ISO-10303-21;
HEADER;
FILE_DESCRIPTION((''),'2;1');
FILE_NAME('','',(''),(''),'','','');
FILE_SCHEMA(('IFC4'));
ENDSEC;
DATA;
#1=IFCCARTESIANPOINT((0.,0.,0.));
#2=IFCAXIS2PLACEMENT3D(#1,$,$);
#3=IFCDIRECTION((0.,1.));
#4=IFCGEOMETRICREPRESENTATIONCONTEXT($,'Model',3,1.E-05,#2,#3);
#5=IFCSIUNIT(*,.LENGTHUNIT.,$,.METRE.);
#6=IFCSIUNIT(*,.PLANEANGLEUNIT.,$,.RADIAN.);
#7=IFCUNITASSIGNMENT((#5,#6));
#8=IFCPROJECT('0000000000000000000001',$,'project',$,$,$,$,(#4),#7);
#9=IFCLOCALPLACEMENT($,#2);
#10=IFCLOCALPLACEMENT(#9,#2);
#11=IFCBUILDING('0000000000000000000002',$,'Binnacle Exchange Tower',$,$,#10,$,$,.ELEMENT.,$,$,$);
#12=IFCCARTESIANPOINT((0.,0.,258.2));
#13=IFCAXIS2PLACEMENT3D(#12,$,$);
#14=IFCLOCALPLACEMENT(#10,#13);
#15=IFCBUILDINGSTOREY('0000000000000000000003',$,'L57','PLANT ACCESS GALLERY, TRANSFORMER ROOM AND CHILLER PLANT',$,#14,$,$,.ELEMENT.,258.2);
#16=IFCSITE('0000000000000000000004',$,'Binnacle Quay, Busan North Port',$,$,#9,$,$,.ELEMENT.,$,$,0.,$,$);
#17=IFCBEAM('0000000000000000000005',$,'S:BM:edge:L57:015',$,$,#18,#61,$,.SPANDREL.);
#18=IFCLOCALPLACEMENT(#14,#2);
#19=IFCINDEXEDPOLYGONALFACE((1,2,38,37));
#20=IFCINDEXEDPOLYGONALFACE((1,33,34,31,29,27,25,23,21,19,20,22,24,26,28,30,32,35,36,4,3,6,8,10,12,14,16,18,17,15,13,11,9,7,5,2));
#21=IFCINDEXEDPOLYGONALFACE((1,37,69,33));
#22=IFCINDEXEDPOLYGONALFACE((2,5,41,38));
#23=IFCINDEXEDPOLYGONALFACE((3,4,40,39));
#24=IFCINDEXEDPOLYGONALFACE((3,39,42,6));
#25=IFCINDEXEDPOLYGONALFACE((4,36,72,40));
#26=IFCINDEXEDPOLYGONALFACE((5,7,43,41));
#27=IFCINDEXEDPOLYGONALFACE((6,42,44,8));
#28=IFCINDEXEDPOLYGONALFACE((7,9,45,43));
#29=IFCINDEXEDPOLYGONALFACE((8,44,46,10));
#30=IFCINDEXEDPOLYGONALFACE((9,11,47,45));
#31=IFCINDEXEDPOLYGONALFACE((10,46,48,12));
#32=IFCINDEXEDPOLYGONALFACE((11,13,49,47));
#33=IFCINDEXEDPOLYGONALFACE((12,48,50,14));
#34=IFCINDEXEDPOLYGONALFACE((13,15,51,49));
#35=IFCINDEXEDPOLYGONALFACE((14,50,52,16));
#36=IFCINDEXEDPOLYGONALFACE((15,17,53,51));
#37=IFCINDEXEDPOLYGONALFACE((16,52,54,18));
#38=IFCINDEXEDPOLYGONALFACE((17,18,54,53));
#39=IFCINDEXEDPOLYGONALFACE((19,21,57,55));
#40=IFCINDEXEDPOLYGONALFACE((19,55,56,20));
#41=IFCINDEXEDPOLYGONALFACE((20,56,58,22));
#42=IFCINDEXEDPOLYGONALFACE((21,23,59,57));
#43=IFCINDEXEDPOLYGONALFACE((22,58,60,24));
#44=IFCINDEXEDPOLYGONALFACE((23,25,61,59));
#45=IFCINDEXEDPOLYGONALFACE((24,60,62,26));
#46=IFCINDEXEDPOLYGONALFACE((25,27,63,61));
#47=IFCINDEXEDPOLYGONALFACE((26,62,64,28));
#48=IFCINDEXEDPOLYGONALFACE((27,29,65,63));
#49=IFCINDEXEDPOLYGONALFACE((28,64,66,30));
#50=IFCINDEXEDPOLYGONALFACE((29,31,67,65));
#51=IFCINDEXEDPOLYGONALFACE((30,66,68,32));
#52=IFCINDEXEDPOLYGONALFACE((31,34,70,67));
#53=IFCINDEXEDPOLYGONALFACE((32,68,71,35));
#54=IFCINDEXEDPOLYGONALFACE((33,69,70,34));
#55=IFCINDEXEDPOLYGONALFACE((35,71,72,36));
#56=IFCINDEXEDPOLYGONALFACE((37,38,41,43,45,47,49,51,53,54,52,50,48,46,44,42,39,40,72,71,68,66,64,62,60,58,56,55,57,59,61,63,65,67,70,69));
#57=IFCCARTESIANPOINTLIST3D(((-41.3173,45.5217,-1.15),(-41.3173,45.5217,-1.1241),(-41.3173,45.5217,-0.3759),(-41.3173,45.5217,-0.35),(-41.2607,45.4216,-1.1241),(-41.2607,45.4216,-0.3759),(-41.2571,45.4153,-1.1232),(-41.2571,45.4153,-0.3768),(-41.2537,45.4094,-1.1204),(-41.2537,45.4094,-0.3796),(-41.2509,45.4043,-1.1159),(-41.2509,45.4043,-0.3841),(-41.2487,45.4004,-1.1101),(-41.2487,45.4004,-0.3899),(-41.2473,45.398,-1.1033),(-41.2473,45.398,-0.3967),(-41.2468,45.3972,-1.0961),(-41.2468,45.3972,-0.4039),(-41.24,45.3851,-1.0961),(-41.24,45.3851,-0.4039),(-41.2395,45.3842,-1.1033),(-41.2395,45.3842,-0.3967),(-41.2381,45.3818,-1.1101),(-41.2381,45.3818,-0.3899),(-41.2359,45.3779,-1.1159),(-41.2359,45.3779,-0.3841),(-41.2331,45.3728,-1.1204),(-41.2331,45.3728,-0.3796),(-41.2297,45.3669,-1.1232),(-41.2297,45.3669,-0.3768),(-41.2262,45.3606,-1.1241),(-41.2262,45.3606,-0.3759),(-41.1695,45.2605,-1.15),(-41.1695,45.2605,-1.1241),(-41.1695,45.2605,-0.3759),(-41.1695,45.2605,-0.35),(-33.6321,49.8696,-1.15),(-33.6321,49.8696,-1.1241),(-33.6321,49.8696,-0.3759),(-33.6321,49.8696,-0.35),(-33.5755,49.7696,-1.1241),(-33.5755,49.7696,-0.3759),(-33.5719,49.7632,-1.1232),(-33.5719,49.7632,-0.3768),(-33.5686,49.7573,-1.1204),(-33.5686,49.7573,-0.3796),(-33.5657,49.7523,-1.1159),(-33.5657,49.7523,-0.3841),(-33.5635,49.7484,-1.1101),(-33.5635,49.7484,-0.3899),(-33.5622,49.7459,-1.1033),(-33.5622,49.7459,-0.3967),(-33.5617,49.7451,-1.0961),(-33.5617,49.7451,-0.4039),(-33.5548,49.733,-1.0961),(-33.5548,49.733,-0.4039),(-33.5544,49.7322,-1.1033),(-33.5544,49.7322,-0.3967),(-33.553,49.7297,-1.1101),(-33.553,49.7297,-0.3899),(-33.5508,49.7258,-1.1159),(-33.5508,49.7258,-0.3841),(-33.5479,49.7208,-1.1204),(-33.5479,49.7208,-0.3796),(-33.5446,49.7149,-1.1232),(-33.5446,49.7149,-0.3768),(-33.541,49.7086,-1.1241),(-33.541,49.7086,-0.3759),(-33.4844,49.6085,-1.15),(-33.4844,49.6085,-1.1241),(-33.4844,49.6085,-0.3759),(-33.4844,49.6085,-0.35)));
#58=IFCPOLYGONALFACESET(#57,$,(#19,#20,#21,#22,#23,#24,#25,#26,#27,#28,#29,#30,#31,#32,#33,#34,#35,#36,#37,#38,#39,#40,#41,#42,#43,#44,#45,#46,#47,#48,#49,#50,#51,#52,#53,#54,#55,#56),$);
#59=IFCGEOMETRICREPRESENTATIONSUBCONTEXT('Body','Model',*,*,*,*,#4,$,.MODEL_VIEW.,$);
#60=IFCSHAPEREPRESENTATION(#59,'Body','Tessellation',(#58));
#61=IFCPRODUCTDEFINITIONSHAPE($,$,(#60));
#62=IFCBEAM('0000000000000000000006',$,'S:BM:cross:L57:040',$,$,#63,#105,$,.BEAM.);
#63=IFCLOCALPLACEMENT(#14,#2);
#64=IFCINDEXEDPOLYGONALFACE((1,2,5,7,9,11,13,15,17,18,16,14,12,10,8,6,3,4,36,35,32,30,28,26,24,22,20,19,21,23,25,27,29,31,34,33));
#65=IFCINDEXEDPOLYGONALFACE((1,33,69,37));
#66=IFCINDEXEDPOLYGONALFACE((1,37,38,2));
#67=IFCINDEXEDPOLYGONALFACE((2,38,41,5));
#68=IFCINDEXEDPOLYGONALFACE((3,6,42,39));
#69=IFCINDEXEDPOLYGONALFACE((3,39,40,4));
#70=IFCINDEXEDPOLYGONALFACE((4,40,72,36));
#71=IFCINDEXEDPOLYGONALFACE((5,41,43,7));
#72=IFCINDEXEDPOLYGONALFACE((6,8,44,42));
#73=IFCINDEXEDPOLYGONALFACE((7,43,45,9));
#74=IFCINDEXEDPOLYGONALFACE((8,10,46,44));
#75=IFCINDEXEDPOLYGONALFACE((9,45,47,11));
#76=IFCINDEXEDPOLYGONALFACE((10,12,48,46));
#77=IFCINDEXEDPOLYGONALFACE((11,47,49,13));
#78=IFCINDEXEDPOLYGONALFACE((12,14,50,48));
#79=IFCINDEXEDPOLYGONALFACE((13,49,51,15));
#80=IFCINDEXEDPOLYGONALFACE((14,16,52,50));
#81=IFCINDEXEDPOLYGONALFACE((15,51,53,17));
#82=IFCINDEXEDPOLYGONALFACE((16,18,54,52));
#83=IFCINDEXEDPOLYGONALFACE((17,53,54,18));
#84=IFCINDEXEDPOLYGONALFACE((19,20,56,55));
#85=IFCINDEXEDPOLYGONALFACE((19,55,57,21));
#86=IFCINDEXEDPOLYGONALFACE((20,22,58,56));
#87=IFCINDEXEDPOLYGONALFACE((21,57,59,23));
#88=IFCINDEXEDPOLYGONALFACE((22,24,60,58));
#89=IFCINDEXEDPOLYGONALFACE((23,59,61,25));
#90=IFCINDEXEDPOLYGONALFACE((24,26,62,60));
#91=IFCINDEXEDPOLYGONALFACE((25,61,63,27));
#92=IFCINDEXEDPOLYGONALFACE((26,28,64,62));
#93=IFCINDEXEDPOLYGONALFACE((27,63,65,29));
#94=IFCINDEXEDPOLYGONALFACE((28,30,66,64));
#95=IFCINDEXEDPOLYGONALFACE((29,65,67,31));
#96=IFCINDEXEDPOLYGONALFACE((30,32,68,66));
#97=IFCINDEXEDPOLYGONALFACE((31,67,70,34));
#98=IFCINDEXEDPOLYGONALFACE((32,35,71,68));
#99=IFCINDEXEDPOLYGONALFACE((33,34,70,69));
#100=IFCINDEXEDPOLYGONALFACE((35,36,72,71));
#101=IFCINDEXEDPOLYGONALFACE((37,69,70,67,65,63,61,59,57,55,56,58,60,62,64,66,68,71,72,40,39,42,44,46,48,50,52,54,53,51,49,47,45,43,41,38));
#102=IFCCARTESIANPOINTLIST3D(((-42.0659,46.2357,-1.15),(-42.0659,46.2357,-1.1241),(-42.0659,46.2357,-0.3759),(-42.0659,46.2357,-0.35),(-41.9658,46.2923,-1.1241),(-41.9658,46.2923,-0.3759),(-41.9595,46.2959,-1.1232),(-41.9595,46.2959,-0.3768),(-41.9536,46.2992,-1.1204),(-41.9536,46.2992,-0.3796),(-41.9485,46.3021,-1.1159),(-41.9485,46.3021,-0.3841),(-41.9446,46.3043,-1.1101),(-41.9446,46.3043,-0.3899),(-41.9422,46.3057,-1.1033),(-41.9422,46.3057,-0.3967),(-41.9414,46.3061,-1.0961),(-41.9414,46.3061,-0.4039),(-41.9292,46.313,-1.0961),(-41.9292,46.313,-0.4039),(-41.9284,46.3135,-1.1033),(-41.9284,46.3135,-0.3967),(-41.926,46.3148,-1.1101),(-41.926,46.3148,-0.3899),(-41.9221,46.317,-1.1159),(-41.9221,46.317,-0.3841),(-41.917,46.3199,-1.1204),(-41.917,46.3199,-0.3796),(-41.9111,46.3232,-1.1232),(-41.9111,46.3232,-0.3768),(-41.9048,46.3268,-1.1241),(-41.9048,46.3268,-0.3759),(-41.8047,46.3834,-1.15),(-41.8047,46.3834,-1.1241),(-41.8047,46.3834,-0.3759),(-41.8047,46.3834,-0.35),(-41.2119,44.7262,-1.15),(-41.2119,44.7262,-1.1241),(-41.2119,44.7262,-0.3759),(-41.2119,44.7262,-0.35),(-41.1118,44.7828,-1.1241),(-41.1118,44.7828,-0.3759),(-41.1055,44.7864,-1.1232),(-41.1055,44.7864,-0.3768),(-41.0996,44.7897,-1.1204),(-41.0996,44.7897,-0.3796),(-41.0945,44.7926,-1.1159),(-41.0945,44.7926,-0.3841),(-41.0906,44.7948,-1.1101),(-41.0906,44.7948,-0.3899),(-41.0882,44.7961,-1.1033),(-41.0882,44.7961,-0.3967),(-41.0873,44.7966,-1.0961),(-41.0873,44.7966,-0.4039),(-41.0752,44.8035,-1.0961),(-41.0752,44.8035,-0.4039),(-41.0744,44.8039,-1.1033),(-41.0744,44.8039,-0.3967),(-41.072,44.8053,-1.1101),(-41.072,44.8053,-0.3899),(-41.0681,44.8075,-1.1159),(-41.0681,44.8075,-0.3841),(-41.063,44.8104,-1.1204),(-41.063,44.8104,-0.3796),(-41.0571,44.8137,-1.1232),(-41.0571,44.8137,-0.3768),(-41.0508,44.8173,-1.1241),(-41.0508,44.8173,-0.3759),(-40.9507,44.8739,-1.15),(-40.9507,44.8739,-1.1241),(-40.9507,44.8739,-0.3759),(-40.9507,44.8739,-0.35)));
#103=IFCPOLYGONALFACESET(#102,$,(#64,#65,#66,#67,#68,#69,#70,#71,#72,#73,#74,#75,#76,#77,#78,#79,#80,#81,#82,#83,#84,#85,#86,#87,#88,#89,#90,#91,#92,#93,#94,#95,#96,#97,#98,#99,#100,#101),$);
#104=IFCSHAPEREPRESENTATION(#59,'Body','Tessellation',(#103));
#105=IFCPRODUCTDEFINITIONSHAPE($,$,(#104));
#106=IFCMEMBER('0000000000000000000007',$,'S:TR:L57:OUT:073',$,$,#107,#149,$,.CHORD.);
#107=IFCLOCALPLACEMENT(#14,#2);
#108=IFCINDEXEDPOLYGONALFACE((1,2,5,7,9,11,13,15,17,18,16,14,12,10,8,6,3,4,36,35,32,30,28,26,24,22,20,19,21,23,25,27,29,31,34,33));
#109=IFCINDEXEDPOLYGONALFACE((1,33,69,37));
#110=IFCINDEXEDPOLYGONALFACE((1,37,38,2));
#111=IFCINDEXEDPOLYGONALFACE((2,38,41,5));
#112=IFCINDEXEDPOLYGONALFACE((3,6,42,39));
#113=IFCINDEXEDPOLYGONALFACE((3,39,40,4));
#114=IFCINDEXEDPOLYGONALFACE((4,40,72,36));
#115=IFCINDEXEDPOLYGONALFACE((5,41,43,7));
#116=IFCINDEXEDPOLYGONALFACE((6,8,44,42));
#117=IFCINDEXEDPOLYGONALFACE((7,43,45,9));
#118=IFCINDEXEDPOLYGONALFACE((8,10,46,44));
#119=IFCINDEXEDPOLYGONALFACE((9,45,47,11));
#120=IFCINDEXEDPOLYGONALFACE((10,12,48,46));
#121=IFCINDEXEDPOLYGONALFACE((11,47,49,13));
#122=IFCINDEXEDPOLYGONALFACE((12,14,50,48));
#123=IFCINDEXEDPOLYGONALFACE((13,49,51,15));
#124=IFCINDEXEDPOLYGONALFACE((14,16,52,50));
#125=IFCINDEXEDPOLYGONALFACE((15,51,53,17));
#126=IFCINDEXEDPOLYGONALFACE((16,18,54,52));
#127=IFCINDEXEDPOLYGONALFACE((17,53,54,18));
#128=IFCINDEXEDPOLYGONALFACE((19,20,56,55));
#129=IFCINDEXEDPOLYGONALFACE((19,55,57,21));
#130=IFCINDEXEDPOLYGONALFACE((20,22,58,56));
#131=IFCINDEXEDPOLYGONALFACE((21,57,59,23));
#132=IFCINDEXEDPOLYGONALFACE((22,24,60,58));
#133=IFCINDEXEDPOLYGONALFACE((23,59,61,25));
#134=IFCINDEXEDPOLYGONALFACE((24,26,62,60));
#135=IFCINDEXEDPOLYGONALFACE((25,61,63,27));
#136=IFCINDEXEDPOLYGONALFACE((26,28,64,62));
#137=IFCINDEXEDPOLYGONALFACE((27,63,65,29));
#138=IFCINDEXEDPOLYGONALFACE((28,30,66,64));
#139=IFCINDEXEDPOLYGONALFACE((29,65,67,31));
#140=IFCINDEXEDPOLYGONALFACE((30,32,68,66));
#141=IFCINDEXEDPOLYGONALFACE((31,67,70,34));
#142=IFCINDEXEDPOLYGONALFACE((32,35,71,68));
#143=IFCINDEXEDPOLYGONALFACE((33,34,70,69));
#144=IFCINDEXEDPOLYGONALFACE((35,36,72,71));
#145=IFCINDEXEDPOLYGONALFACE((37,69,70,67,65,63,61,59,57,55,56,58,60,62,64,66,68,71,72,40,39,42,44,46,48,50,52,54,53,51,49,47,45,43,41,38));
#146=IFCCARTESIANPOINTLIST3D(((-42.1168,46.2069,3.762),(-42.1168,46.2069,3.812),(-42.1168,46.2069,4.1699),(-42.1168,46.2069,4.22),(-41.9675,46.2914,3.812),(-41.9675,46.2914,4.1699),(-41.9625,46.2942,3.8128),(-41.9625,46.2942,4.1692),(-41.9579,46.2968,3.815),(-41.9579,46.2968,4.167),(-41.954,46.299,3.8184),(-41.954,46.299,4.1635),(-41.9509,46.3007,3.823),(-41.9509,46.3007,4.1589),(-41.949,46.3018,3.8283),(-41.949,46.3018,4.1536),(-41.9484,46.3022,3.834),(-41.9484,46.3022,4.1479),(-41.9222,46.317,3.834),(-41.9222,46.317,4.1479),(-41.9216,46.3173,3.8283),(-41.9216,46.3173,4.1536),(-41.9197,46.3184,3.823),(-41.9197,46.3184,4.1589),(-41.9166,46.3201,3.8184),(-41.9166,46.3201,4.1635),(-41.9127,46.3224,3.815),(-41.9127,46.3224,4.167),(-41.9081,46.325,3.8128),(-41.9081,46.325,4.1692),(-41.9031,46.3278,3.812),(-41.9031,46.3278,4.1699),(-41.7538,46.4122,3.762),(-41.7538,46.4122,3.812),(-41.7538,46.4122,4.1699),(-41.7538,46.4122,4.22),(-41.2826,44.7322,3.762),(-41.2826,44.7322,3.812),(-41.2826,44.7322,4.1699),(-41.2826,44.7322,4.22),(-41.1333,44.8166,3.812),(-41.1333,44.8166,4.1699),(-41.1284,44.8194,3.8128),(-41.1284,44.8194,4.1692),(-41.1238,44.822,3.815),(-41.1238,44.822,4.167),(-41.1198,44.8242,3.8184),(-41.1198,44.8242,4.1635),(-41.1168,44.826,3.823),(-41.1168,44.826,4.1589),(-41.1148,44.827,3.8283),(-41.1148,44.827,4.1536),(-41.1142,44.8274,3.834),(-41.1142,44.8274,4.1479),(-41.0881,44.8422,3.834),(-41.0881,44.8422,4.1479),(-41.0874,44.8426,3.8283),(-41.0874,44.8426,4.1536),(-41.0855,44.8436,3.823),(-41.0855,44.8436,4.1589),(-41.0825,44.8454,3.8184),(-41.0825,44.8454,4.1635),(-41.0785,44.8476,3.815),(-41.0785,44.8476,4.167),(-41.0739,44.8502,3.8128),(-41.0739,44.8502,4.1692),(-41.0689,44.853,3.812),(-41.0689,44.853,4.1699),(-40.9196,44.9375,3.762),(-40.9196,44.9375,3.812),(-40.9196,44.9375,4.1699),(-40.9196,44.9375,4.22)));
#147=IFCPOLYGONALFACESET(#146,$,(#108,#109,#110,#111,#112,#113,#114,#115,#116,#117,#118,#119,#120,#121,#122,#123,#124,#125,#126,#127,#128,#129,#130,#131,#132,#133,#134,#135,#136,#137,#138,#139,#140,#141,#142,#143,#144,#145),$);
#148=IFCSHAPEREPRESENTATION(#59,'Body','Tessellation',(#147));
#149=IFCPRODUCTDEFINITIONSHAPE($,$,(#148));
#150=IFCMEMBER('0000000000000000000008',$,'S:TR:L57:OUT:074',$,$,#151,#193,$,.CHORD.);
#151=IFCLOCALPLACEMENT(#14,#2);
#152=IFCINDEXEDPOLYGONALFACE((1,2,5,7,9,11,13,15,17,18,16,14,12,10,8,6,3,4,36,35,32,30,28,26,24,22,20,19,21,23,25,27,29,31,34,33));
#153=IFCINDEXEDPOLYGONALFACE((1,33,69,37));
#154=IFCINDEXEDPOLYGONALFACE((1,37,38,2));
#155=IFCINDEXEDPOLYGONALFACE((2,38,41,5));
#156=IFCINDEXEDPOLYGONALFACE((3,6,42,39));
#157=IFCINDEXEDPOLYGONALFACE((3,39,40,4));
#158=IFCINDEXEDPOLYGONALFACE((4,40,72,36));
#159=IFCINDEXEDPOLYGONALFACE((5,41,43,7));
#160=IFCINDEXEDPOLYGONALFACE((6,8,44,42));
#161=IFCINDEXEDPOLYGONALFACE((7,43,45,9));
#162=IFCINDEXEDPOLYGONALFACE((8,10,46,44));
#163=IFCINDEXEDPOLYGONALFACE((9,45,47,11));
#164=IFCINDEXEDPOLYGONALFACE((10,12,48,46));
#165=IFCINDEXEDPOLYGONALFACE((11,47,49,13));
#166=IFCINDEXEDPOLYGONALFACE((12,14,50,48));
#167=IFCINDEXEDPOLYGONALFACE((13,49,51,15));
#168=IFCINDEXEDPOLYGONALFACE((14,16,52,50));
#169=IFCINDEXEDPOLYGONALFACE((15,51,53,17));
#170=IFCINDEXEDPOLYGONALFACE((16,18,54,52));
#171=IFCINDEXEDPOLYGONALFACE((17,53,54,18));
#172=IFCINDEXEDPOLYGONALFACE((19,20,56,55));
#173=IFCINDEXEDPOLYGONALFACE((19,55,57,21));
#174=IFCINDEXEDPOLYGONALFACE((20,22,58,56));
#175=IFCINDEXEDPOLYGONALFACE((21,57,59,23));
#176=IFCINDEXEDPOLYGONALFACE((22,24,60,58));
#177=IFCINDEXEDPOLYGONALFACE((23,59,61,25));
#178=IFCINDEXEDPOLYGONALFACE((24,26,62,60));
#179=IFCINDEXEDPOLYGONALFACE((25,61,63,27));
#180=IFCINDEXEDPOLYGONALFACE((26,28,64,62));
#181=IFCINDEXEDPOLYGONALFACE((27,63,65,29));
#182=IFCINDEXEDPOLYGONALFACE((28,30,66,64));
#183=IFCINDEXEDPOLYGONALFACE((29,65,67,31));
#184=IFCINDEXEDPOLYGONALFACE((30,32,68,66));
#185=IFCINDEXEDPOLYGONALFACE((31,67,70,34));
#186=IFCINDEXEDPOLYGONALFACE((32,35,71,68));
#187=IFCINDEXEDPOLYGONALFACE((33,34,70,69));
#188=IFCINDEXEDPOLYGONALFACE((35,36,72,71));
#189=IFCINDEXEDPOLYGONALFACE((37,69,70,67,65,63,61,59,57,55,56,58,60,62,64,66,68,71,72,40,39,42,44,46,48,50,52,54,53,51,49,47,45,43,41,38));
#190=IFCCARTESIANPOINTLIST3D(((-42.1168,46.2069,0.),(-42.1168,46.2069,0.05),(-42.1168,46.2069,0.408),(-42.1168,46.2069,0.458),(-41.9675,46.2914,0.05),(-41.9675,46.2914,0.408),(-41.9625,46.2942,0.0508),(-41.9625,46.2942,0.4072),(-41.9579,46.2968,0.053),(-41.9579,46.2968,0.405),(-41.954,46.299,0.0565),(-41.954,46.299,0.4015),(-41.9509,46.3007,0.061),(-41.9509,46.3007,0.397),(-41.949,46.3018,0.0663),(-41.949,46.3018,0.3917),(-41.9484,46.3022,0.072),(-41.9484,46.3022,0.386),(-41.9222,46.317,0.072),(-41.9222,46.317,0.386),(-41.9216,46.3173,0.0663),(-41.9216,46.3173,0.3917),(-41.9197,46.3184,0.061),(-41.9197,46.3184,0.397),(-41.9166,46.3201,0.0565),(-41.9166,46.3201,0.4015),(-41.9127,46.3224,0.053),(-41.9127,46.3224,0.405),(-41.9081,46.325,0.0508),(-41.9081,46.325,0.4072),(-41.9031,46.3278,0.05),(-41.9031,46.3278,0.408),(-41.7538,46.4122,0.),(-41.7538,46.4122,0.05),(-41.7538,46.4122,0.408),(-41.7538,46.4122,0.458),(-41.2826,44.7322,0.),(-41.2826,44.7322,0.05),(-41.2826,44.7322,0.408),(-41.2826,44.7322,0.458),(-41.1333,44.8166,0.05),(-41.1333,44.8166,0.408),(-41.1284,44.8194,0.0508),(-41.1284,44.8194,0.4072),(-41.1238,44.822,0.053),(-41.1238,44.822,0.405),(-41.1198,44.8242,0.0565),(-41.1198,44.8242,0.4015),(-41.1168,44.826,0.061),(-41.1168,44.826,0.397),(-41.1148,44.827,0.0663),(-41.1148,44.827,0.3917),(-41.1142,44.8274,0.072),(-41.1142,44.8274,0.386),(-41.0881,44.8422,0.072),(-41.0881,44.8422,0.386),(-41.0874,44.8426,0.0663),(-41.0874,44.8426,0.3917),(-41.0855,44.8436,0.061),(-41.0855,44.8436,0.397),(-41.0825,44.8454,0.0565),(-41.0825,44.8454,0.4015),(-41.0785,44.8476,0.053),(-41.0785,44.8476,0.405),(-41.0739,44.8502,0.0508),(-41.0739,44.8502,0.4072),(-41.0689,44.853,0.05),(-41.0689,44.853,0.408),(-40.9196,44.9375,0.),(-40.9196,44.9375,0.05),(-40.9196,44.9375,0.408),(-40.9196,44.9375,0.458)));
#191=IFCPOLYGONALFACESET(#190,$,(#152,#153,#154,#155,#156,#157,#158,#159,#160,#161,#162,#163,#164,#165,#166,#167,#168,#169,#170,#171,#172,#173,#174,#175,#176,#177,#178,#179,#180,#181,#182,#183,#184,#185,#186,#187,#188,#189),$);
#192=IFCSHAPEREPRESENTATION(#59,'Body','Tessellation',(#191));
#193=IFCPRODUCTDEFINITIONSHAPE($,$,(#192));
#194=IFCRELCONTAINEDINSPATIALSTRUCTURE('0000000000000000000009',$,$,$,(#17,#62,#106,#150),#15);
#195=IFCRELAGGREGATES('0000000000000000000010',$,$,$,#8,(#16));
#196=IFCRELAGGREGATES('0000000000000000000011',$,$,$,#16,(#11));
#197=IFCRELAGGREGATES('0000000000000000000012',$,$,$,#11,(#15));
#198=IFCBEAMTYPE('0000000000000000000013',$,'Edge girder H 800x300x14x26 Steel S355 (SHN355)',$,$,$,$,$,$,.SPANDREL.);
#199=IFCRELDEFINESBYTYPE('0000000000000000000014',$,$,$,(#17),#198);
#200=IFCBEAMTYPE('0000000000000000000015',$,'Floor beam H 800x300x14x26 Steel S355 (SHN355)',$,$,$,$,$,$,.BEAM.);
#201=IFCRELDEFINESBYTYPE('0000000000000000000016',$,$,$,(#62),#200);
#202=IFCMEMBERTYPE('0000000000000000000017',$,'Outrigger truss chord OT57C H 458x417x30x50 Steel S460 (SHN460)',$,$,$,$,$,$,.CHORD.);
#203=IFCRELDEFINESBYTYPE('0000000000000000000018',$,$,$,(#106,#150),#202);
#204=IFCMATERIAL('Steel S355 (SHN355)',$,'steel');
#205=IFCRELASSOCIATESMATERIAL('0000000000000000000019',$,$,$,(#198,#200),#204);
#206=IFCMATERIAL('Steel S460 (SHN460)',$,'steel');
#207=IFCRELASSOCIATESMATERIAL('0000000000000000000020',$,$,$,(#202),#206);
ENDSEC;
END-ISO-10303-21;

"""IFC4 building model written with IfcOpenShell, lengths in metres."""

from ifc_helpers import new_model, si_unit, direction, frame, origin, origin_2d, place, context, subcontext, project, spatial, i_section, extrude, material, material_profile, profile_set, type_object, element, save


model = new_model("IFC4")

# Units and contexts
model_context = context("Model", 3, precision=1e-05, world=origin(), true_north=direction((0.0, 1.0)))
body_context = subcontext(model_context, "Body", "Model", "MODEL_VIEW")
ifc_project = project(units=[si_unit("LENGTHUNIT", "METRE"), si_unit("PLANEANGLEUNIT", "RADIAN")], contexts=[model_context])

# Site, building, storey
site_placement = place(None, origin())
site = spatial("IfcSite", under=ifc_project, at=site_placement, Name="Binnacle Quay, Busan North Port", CompositionType="ELEMENT", RefElevation=0.0)
building_placement = place(site_placement, origin())
building = spatial("IfcBuilding", under=site, at=building_placement, Name="Binnacle Exchange Tower", CompositionType="ELEMENT")
storey_placement = place(building_placement, frame((0.0, 0.0, 258.2)))
storey = spatial("IfcBuildingStorey", under=building, at=storey_placement, Name="L57", Description="PLANT ACCESS GALLERY, TRANSFORMER ROOM AND CHILLER PLANT", CompositionType="ELEMENT", Elevation=258.2)

# Shared definitions
ifc_material_1 = material(Name="Steel S355 (SHN355)", Category="steel")

# Beams
ifc_material_profile_1 = material_profile(ifc_material_1, i_section(OverallWidth=0.3, OverallDepth=0.8, WebThickness=0.0139, FlangeThickness=0.0259, FilletRadius=0.0281, at=origin_2d()), Name="H 800x300x14x26")
ifc_profile_set_1 = profile_set([ifc_material_profile_1], Name="Steel S355 (SHN355)")
beam_type_1 = type_object("IfcBeamType", Name="Edge girder H 800x300x14x26 Steel S355 (SHN355)", PredefinedType="SPANDREL", material=ifc_profile_set_1)
beam_1_placement = place(storey_placement, frame((-41.2434, 45.3911, -0.75), z_axis=(0.87036, 0.492415, 0.0), x_axis=(-0.492415, 0.87036, 0.0)))
element("IfcBeam", 1, at=beam_1_placement, inside=storey, type_object=beam_type_1, Name="S:BM:edge:L57:015", PredefinedType="SPANDREL", context=body_context, shape_type="SweptSolid", body=[
    extrude(i_section(OverallWidth=0.3, OverallDepth=0.8, WebThickness=0.0139, FlangeThickness=0.0259, FilletRadius=0.0281, at=origin_2d()), origin(), (0.0, 0.0, 1.0), 8.8298),
])
ifc_material_profile_2 = material_profile(ifc_material_1, i_section(OverallWidth=0.3, OverallDepth=0.8, WebThickness=0.0139, FlangeThickness=0.0259, FilletRadius=0.0281, at=origin_2d()), Name="H 800x300x14x26")
ifc_profile_set_2 = profile_set([ifc_material_profile_2], Name="Steel S355 (SHN355)")
beam_type_2 = type_object("IfcBeamType", Name="Floor beam H 800x300x14x26 Steel S355 (SHN355)", PredefinedType="BEAM", material=ifc_profile_set_2)
beam_2_placement = place(storey_placement, frame((-41.9353, 46.3096, -0.75), z_axis=(0.492405, -0.870366, 0.0), x_axis=(0.870366, 0.492405, 0.0)))
element("IfcBeam", 2, at=beam_2_placement, inside=storey, type_object=beam_type_2, Name="S:BM:cross:L57:040", PredefinedType="BEAM", context=body_context, shape_type="SweptSolid", body=[
    extrude(i_section(OverallWidth=0.3, OverallDepth=0.8, WebThickness=0.0139, FlangeThickness=0.0259, FilletRadius=0.0281, at=origin_2d()), origin(), (0.0, 0.0, 1.0), 1.7344),
])

# Members
ifc_material_2 = material(Name="Steel S460 (SHN460)", Category="steel")
ifc_material_profile_3 = material_profile(ifc_material_2, i_section(OverallWidth=0.417, OverallDepth=0.458, WebThickness=0.03, FlangeThickness=0.05, FilletRadius=0.022, at=origin_2d()), Name="H 458x417x30x50")
ifc_profile_set_3 = profile_set([ifc_material_profile_3], Name="Steel S460 (SHN460)")
member_type_1 = type_object("IfcMemberType", Name="Outrigger truss chord OT57C H 458x417x30x50 Steel S460 (SHN460)", PredefinedType="CHORD", material=ifc_profile_set_3)
for number, where, z_axis, x_axis, name in (
    (3, (-41.9353, 46.3096, 3.991), (0.492333, -0.870407, 0.0), (0.870407, 0.492333, 0.0), "S:TR:L57:OUT:073"),
    (4, (-41.9353, 46.3096, 0.229), (0.492333, -0.870407, 0.0), (0.870407, 0.492333, 0.0), "S:TR:L57:OUT:074"),
):
    element("IfcMember", number, at=place(storey_placement, frame(where, z_axis=z_axis, x_axis=x_axis)), inside=storey, type_object=member_type_1, Name=name, PredefinedType="CHORD", context=body_context, shape_type="SweptSolid", body=[
        extrude(i_section(OverallWidth=0.417, OverallDepth=0.458, WebThickness=0.03, FlangeThickness=0.05, FilletRadius=0.022, at=origin_2d()), origin(), (0.0, 0.0, 1.0), 1.6943),
    ])

save(model, "model.ifc")
